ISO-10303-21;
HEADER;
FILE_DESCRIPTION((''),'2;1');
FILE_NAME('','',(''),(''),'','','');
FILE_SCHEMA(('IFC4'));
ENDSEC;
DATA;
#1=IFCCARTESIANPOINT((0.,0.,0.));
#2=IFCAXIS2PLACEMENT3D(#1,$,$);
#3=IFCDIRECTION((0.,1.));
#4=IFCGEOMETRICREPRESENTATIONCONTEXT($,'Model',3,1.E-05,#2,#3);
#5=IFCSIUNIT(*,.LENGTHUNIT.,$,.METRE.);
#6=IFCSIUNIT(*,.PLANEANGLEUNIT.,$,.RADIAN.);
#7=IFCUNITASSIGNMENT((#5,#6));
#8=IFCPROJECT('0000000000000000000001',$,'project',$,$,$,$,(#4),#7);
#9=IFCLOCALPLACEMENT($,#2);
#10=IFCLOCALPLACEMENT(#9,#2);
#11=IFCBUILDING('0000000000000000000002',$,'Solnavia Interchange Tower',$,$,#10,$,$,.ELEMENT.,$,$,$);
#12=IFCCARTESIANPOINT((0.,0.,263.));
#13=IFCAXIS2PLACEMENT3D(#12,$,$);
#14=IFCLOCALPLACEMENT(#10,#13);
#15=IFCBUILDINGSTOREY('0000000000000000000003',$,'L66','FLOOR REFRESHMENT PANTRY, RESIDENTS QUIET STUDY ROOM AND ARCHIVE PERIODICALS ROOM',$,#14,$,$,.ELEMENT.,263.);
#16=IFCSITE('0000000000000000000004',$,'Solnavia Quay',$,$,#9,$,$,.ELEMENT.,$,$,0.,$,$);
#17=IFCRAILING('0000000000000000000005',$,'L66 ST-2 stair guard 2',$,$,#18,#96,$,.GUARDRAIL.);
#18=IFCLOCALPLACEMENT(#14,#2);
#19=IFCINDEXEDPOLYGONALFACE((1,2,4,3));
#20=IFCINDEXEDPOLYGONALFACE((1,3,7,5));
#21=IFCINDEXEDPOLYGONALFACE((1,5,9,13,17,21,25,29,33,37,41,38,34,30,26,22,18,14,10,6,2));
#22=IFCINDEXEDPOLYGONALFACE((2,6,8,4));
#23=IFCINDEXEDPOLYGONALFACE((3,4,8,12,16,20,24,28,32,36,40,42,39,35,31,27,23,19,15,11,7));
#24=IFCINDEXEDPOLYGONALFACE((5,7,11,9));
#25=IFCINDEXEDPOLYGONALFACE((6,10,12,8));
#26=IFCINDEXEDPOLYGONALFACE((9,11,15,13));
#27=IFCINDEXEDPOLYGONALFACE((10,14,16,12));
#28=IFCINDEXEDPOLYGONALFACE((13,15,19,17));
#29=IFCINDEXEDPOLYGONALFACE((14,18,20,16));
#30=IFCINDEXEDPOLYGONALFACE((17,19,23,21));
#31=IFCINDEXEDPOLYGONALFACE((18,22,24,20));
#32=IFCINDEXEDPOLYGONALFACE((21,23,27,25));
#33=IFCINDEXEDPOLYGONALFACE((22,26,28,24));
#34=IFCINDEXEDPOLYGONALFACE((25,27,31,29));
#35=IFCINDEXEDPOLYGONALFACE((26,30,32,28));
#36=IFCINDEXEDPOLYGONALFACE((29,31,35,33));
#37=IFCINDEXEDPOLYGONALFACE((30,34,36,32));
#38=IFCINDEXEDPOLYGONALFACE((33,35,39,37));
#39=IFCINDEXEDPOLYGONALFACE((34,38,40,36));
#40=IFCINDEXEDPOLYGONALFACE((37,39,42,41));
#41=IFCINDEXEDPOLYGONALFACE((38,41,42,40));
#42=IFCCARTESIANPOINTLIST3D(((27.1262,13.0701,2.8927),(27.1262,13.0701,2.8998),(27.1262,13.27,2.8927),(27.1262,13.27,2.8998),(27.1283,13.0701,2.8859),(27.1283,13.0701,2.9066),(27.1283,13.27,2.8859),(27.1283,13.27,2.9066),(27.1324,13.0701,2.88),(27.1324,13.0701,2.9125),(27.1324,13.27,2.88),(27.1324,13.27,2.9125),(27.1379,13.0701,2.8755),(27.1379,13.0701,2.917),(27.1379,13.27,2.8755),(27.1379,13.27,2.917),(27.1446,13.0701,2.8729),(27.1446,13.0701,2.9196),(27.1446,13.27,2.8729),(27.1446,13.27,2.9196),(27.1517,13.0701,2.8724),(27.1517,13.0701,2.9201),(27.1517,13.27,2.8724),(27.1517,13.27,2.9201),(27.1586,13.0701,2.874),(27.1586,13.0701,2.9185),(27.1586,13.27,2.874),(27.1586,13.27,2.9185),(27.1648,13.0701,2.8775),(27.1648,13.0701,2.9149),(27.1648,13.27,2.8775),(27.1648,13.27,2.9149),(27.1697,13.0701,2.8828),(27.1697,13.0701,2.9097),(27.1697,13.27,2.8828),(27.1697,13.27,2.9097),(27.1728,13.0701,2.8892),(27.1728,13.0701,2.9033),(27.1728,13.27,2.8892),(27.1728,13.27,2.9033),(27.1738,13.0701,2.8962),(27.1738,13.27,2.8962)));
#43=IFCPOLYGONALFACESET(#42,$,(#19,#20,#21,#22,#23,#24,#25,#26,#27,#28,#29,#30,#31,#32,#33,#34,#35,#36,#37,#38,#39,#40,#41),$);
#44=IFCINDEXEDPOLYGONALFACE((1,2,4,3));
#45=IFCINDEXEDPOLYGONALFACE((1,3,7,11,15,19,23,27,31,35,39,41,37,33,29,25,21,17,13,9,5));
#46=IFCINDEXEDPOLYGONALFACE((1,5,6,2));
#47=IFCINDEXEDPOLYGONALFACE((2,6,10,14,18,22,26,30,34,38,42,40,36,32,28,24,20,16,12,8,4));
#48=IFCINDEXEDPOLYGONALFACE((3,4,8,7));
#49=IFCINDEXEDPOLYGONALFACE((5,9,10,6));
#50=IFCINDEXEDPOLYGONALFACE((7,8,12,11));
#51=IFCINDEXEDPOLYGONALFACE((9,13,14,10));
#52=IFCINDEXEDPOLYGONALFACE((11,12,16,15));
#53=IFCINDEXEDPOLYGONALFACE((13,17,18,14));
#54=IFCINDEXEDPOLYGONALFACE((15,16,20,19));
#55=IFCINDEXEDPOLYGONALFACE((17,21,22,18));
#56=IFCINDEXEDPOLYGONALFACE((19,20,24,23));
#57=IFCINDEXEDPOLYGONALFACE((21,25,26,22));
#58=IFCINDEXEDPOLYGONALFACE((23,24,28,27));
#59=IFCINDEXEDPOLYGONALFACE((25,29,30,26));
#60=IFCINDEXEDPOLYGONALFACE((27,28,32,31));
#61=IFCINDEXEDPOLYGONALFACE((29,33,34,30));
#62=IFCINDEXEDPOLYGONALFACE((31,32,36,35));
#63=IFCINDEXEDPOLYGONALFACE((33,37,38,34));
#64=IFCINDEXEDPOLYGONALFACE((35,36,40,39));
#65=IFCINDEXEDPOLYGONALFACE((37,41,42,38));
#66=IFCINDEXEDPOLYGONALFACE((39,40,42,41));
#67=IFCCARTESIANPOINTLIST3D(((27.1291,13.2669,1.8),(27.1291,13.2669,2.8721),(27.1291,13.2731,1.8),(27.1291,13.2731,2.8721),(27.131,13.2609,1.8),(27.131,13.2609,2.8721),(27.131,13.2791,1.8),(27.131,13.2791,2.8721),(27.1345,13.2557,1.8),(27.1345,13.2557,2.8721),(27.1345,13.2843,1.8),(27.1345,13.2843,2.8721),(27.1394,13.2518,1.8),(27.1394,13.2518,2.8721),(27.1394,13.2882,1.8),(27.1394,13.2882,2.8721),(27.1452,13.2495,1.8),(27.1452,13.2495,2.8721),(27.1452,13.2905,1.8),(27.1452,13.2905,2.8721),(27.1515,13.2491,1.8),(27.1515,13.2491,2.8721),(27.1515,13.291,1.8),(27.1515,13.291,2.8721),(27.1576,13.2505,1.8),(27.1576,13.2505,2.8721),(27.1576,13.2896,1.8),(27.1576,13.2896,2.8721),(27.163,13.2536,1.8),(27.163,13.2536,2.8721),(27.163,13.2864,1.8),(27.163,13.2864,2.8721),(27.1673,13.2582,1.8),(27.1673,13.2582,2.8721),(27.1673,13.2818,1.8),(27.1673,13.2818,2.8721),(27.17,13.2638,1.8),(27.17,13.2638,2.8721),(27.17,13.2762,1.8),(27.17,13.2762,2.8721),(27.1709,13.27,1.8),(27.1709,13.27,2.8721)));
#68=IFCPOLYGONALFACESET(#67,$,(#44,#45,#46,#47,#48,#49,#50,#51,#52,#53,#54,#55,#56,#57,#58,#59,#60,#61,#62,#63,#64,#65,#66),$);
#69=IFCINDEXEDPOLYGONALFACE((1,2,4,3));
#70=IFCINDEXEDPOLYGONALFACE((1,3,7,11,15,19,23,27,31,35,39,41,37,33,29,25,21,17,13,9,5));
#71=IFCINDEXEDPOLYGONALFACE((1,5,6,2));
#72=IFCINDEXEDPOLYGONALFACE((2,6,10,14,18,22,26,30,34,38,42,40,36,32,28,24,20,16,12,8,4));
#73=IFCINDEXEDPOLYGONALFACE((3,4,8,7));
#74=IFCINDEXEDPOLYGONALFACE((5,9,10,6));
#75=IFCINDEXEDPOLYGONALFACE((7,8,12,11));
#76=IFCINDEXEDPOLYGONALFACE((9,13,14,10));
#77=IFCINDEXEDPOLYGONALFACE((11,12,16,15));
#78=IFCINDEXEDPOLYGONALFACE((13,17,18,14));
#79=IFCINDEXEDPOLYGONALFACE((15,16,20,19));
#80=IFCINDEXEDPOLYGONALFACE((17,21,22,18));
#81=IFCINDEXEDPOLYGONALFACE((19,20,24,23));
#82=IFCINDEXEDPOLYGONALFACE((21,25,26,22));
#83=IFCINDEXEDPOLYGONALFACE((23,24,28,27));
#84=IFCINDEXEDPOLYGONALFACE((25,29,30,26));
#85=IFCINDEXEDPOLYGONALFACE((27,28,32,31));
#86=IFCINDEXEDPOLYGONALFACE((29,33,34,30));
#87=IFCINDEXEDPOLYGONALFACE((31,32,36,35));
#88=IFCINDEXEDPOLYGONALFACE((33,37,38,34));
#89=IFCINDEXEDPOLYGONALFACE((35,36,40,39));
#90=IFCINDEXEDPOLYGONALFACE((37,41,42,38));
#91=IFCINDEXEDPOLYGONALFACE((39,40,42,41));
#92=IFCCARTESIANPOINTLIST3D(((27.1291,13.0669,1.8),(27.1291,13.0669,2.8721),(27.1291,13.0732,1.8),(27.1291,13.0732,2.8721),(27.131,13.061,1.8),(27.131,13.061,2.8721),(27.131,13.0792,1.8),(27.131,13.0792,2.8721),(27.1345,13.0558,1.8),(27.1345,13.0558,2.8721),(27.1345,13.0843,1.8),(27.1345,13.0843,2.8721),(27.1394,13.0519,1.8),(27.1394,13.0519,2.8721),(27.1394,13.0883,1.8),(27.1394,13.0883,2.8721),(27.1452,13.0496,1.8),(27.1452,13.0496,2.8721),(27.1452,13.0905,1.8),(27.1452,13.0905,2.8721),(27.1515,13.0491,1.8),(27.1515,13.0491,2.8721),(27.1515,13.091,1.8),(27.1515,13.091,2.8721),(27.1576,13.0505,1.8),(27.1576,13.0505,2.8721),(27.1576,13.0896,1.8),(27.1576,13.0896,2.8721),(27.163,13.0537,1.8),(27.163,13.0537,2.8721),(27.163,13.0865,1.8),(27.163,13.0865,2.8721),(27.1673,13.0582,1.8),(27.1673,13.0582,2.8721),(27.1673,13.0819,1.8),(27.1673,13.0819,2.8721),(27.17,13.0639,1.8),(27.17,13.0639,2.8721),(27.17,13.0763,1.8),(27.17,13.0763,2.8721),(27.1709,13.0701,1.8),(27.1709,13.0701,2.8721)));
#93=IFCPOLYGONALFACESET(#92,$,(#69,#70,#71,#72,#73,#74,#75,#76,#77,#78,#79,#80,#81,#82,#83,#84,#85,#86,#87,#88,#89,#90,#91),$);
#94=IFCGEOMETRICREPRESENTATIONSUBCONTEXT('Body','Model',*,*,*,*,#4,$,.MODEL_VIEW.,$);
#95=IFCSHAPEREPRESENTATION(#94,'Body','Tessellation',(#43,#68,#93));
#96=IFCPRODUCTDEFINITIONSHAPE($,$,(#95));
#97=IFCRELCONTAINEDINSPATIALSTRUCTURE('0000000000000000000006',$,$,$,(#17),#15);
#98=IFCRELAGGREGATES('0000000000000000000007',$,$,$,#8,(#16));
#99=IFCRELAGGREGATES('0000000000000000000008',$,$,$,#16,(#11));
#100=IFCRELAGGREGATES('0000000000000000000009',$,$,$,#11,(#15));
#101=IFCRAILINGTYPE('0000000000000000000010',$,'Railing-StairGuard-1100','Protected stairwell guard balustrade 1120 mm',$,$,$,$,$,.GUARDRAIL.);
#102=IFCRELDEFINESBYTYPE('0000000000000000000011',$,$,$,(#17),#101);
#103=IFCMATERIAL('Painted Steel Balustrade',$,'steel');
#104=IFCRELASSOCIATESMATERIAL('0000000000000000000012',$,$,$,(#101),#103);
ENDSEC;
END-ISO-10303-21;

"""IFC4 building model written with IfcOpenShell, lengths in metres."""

from ifc_helpers import new_model, si_unit, direction, frame, origin, origin_2d, place, context, subcontext, project, spatial, circle, extrude, material, type_object, element, save


model = new_model("IFC4")

# Units and contexts
model_context = context("Model", 3, precision=1e-05, world=origin(), true_north=direction((0.0, 1.0)))
body_context = subcontext(model_context, "Body", "Model", "MODEL_VIEW")
ifc_project = project(units=[si_unit("LENGTHUNIT", "METRE"), si_unit("PLANEANGLEUNIT", "RADIAN")], contexts=[model_context])

# Site, building, storey
site_placement = place(None, origin())
site = spatial("IfcSite", under=ifc_project, at=site_placement, Name="Solnavia Quay", CompositionType="ELEMENT", RefElevation=0.0)
building_placement = place(site_placement, origin())
building = spatial("IfcBuilding", under=site, at=building_placement, Name="Solnavia Interchange Tower", CompositionType="ELEMENT")
storey_placement = place(building_placement, frame((0.0, 0.0, 263.0)))
storey = spatial("IfcBuildingStorey", under=building, at=storey_placement, Name="L66", Description="FLOOR REFRESHMENT PANTRY, RESIDENTS QUIET STUDY ROOM AND ARCHIVE PERIODICALS ROOM", CompositionType="ELEMENT", Elevation=263.0)

# Railing
ifc_material_1 = material(Name="Painted Steel Balustrade", Category="steel")
railing_type_1 = type_object("IfcRailingType", Name="Railing-StairGuard-1100", Description="Protected stairwell guard balustrade 1120 mm", PredefinedType="GUARDRAIL", material=ifc_material_1)
railing_1_placement = place(storey_placement, frame((27.1499, 13.27, 1.8)))
element("IfcRailing", 1, at=railing_1_placement, inside=storey, type_object=railing_type_1, Name="L66 ST-2 stair guard 2", PredefinedType="GUARDRAIL", context=body_context, shape_type="SweptSolid", body=[
    extrude(circle(Radius=0.0239, at=origin_2d()), frame((0.0, 0.0, 1.0962), z_axis=(0.0, -1.0, 0.0), x_axis=(1.0, 0.0, 0.0)), (0.0, 0.0, 1.0), 0.2),
    extrude(circle(Radius=0.021, at=origin_2d()), origin(), (0.0, 0.0, 1.0), 1.072),
    extrude(circle(Radius=0.021, at=origin_2d()), frame((0.0, -0.2, 0.0)), (0.0, 0.0, 1.0), 1.072),
])

save(model, "model.ifc")
